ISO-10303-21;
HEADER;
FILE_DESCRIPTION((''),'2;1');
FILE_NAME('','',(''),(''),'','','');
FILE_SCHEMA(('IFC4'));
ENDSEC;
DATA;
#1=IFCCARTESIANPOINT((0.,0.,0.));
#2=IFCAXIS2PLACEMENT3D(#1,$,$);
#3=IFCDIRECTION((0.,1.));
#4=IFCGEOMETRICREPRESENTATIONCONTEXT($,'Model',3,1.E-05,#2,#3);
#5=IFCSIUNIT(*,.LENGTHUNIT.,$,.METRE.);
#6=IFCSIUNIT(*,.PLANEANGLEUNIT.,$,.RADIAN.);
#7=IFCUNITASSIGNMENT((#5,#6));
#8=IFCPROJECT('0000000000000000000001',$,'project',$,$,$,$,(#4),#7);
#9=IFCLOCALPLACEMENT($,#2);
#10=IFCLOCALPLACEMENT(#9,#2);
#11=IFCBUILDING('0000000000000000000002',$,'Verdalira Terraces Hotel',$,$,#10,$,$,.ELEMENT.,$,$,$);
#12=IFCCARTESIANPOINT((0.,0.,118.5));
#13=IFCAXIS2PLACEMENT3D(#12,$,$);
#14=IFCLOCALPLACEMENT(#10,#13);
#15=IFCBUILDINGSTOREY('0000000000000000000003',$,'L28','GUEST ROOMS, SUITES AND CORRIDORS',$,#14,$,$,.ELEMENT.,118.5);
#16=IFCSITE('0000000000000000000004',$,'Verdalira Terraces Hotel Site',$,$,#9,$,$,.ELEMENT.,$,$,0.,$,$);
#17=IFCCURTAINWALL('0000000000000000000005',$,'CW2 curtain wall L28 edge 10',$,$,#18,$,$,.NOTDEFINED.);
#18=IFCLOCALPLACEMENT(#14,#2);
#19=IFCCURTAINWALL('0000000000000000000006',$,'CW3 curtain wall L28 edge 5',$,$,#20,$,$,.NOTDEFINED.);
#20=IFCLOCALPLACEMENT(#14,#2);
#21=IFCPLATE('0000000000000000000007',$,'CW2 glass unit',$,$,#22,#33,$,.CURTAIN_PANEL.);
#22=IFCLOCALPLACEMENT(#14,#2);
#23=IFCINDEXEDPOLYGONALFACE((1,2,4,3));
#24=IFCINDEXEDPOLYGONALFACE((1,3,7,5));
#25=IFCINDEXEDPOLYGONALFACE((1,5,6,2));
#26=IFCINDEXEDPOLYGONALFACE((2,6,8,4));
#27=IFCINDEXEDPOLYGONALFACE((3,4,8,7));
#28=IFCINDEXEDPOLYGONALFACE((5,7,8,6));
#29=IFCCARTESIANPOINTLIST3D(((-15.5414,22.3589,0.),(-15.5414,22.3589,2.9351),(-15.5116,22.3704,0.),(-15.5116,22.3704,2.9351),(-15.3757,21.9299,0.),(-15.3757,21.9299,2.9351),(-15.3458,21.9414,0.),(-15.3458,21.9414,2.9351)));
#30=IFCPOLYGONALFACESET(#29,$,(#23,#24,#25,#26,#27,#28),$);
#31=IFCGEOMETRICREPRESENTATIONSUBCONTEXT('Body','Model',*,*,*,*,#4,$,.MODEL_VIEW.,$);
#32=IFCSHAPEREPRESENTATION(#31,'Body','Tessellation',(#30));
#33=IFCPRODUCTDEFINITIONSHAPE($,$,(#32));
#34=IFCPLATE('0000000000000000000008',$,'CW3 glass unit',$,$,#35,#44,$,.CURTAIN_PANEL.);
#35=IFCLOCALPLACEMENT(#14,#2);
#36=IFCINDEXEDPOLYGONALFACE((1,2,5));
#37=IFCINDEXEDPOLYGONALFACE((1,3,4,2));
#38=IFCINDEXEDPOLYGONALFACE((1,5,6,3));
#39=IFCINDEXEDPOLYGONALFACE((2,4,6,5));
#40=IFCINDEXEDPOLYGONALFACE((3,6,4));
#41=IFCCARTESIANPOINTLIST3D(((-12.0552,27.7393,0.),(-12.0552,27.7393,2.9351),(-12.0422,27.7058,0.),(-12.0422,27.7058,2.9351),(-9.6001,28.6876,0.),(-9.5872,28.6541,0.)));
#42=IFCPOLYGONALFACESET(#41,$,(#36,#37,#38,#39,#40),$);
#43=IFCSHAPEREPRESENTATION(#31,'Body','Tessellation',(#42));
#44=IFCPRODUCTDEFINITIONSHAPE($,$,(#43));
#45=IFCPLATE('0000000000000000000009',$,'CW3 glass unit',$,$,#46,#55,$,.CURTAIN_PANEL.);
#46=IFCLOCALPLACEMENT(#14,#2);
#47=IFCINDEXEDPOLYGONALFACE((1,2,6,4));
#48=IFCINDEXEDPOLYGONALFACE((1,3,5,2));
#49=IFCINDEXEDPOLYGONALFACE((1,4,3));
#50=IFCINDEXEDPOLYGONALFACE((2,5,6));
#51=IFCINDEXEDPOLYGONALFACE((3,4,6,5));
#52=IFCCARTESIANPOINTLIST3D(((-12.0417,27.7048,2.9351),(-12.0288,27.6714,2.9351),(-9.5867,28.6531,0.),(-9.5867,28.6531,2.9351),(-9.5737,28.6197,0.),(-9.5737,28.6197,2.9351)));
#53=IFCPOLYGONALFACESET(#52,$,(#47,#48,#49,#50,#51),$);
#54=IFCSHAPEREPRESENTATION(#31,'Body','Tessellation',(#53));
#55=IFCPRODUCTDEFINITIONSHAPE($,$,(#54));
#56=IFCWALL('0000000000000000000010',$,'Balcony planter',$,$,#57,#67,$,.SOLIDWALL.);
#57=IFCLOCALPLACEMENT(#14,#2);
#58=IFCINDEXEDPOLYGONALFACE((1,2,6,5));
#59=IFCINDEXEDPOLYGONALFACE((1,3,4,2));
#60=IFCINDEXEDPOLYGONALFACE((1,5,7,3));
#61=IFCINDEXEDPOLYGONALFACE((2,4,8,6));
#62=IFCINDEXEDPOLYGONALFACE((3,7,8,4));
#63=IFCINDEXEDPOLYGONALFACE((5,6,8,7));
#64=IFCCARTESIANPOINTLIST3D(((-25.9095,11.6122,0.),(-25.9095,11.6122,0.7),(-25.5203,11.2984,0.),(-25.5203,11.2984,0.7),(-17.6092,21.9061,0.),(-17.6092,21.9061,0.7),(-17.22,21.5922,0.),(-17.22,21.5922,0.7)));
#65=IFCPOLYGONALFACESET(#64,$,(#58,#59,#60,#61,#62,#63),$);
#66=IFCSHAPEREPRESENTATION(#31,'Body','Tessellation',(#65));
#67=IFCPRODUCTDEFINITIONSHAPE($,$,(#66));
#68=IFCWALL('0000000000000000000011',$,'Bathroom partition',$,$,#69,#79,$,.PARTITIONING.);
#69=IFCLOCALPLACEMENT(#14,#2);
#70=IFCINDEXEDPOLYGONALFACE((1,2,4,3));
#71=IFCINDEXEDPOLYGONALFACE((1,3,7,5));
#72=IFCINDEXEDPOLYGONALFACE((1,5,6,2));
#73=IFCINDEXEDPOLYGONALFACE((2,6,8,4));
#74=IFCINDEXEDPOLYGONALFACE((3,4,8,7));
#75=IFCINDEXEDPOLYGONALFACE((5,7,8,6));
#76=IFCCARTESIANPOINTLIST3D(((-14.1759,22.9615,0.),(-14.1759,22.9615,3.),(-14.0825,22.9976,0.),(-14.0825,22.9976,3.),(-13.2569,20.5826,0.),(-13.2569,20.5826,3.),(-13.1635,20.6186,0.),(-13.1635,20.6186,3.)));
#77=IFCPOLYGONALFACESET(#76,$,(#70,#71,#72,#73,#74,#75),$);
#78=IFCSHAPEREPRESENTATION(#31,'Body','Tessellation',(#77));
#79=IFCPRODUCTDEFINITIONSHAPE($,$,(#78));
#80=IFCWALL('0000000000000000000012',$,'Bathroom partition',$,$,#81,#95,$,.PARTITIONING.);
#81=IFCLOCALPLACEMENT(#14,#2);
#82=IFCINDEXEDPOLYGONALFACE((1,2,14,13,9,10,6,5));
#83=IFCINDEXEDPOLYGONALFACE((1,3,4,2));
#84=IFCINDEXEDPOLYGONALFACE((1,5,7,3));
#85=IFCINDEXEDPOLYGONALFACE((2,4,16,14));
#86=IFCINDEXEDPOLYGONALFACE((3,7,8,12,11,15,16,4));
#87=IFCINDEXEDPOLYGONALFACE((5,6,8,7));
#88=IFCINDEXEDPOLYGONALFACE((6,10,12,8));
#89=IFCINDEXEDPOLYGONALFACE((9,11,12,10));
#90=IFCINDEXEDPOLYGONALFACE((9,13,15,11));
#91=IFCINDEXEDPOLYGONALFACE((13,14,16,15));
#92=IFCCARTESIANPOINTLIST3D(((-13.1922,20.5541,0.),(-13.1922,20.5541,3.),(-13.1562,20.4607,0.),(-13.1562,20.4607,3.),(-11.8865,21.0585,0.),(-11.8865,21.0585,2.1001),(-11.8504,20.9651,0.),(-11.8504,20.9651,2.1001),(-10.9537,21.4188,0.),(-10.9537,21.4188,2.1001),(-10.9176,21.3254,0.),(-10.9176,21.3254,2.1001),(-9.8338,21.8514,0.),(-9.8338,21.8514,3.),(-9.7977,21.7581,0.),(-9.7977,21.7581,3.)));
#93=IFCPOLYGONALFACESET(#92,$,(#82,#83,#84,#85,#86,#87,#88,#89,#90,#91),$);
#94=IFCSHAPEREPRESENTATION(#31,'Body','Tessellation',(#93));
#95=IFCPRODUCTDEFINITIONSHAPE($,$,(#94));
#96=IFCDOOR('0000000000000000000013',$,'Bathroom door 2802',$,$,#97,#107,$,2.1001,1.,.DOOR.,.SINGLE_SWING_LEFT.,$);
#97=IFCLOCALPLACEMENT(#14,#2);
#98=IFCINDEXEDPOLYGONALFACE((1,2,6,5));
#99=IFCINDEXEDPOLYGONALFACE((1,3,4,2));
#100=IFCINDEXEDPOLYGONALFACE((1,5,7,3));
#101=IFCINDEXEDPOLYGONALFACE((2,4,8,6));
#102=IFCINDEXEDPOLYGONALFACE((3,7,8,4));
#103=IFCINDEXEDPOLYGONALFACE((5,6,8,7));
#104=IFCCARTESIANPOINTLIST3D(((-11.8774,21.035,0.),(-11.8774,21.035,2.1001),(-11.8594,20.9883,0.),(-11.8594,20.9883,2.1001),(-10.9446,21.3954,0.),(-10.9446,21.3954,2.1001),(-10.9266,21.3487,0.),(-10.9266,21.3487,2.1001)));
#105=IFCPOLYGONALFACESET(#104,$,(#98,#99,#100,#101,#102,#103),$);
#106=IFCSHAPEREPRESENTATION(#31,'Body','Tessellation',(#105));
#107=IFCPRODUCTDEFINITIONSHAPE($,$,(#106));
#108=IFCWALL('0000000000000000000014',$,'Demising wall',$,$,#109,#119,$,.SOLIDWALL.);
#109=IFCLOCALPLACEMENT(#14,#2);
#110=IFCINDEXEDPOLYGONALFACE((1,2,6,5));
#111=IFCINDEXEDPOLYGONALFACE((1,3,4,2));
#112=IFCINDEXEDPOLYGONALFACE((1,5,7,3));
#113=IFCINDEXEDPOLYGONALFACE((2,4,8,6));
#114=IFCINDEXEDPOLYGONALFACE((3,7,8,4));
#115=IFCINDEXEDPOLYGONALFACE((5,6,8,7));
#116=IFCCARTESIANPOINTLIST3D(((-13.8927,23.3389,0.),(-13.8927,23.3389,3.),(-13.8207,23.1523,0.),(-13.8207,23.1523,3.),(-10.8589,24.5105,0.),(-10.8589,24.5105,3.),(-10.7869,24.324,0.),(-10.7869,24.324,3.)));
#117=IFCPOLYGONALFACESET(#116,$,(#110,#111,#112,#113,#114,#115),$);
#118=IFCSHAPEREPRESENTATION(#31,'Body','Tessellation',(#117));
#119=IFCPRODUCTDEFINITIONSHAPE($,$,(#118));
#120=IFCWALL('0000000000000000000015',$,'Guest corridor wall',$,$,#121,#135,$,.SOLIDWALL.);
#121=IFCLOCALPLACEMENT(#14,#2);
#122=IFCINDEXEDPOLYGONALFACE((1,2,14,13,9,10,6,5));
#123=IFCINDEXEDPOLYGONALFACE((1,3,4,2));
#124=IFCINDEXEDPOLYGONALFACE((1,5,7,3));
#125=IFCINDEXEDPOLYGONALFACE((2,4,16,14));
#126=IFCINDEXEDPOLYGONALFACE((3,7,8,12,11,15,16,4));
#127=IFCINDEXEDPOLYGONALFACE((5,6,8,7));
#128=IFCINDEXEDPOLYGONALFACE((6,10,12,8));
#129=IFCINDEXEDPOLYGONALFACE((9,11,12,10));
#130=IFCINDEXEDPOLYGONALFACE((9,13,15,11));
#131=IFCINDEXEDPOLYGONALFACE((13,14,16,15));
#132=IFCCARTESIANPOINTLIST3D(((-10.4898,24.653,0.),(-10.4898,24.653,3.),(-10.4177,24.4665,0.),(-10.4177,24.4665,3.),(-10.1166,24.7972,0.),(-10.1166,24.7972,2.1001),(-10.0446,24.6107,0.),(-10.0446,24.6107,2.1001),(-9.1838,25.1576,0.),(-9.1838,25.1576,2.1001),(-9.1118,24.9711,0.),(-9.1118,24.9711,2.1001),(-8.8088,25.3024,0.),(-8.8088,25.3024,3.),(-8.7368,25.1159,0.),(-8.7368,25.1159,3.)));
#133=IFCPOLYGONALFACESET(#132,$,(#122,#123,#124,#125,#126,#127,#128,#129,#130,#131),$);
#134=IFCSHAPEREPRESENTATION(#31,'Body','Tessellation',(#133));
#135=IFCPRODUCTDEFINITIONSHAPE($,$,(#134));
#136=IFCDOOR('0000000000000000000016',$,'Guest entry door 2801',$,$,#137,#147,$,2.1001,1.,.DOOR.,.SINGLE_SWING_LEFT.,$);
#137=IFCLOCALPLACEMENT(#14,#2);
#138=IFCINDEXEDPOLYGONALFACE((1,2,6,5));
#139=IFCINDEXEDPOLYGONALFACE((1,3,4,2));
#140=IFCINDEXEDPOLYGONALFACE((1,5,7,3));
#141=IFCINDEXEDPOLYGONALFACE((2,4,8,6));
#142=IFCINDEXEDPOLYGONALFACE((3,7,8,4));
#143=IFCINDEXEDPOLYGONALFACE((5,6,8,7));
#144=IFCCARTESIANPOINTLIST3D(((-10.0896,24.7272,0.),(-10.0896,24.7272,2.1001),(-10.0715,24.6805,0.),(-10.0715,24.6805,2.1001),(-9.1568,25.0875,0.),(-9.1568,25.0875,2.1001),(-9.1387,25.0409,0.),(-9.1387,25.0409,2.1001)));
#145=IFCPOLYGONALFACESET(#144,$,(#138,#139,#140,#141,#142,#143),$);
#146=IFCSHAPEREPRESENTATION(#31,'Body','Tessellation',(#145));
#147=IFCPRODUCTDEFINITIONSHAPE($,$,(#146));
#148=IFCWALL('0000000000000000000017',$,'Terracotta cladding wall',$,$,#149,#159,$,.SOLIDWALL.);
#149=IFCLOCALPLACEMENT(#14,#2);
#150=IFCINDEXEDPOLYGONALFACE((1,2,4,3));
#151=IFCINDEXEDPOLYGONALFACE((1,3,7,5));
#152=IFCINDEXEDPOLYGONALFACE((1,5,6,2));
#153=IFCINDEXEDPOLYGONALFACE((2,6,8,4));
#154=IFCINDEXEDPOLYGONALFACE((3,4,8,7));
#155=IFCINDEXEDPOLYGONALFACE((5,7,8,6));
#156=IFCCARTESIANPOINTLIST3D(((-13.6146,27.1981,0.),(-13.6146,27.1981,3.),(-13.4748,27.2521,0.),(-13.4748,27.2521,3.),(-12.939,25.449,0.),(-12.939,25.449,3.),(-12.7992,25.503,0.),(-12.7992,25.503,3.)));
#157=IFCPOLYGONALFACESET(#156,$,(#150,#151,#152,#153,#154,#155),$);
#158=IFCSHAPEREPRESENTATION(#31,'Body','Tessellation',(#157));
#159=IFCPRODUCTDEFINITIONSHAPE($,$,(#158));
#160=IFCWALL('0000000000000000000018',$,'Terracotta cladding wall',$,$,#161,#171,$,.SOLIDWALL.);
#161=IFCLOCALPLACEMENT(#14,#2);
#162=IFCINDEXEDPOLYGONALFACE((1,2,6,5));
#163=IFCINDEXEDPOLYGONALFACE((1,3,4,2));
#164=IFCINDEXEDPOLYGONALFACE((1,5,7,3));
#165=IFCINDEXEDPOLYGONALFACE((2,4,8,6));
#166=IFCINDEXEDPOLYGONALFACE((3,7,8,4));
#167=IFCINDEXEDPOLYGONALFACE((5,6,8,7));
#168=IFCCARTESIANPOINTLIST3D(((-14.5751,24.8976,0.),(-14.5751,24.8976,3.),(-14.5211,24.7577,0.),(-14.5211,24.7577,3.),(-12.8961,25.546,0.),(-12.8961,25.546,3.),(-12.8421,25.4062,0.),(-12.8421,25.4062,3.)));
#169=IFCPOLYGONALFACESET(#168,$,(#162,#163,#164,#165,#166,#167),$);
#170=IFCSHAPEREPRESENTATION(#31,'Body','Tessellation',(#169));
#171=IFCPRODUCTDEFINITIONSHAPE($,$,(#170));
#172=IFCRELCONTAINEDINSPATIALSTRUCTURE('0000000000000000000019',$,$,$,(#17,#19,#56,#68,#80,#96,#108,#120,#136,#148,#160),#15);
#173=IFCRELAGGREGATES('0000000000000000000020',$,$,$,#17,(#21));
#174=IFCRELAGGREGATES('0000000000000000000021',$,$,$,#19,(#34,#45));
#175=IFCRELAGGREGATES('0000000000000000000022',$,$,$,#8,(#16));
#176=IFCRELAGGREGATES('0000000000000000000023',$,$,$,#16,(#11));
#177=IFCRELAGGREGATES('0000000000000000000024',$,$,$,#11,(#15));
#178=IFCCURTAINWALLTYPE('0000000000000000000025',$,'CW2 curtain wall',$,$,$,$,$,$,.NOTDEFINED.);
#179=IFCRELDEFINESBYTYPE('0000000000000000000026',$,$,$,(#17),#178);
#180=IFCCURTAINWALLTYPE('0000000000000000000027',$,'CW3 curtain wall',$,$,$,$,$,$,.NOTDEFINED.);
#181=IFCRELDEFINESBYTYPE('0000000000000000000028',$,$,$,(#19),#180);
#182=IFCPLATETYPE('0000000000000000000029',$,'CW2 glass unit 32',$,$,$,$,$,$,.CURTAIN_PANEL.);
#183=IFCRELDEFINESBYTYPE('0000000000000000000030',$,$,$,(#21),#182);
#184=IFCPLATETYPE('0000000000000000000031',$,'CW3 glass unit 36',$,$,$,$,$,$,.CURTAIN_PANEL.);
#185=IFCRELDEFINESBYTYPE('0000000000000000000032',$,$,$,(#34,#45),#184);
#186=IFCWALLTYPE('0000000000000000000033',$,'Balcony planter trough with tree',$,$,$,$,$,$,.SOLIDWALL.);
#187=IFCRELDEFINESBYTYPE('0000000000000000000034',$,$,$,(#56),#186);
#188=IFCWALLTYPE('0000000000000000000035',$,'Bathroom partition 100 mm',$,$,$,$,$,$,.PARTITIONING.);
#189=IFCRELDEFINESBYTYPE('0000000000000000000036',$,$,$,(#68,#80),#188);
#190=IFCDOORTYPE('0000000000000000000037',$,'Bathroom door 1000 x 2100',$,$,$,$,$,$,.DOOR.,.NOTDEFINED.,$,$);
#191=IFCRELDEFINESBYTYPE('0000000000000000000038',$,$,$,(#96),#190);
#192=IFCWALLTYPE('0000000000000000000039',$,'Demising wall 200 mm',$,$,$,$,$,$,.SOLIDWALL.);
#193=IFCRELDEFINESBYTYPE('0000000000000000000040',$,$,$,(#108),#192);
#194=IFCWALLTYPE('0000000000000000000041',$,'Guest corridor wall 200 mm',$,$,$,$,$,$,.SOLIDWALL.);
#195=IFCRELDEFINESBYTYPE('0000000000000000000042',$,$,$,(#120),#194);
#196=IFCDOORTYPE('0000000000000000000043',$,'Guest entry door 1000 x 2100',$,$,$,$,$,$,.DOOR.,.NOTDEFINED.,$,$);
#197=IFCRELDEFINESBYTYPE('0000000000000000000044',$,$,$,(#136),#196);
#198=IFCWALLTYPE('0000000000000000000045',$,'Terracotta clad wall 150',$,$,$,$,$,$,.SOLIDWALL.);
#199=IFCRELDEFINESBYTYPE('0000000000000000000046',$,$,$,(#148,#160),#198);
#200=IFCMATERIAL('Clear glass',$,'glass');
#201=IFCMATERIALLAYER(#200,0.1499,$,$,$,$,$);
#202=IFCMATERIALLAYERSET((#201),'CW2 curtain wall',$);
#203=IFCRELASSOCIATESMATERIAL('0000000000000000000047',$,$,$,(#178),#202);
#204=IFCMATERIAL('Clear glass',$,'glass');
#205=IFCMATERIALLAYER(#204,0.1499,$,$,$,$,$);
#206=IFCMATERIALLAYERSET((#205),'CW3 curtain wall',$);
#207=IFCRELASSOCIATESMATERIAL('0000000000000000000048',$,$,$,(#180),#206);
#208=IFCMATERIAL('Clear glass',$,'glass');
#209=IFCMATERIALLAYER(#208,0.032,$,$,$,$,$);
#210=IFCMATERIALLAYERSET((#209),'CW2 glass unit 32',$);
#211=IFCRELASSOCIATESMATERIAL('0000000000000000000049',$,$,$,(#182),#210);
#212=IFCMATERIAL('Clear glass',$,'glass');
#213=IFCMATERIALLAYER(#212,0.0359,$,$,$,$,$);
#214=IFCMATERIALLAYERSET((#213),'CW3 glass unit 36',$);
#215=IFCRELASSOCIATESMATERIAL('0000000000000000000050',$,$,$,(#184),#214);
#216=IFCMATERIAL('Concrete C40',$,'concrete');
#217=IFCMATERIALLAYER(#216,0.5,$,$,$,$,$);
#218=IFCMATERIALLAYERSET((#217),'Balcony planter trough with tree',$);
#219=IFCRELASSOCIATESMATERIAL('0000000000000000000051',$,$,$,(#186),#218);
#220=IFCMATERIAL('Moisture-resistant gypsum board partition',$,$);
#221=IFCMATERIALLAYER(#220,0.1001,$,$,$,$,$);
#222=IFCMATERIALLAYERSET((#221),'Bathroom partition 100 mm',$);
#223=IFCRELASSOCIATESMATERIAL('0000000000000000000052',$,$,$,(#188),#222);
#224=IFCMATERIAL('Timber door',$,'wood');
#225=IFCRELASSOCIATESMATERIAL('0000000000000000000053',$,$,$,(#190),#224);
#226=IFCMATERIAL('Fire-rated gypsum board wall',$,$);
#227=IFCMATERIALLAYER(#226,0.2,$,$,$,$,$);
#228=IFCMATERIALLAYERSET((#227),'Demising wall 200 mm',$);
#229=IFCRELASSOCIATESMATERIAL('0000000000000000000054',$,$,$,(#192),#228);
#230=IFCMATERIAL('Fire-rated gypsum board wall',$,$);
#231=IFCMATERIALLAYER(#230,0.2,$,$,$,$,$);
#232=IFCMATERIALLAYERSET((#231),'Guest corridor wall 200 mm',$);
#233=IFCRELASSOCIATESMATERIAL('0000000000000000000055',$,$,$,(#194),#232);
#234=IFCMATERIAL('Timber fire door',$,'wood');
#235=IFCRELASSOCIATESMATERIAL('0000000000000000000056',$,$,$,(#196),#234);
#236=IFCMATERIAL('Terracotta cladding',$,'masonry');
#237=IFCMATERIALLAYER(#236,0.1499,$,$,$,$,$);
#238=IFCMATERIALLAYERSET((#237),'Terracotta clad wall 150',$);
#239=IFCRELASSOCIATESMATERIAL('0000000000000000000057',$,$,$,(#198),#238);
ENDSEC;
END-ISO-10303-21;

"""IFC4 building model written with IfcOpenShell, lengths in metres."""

from ifc_helpers import new_model, si_unit, direction, frame, frame_2d, origin, origin_2d, place, context, subcontext, project, spatial, polyline, rectangle, outline, extrude, material, layer, layer_set, type_object, element, fill, aggregate, save


model = new_model("IFC4")

# Units and contexts
model_context = context("Model", 3, precision=1e-05, world=origin(), true_north=direction((0.0, 1.0)))
body_context = subcontext(model_context, "Body", "Model", "MODEL_VIEW")
ifc_project = project(units=[si_unit("LENGTHUNIT", "METRE"), si_unit("PLANEANGLEUNIT", "RADIAN")], contexts=[model_context])

# Site, building, storey
site_placement = place(None, origin())
site = spatial("IfcSite", under=ifc_project, at=site_placement, Name="Verdalira Terraces Hotel Site", CompositionType="ELEMENT", RefElevation=0.0)
building_placement = place(site_placement, origin())
building = spatial("IfcBuilding", under=site, at=building_placement, Name="Verdalira Terraces Hotel", CompositionType="ELEMENT")
storey_placement = place(building_placement, frame((0.0, 0.0, 118.5)))
storey = spatial("IfcBuildingStorey", under=building, at=storey_placement, Name="L28", Description="GUEST ROOMS, SUITES AND CORRIDORS", CompositionType="ELEMENT", Elevation=118.5)

# Curtain wall
ifc_material_1 = material(Name="Clear glass", Category="glass")
ifc_layer_1 = layer(ifc_material_1, 0.1499)
ifc_layer_set_1 = layer_set([ifc_layer_1], Name="CW2 curtain wall")
curtain_wall_type_1 = type_object("IfcCurtainWallType", Name="CW2 curtain wall", PredefinedType="NOTDEFINED", material=ifc_layer_set_1)
curtain_wall_1_placement = place(storey_placement, origin())
curtain_wall_1 = element("IfcCurtainWall", 1, at=curtain_wall_1_placement, inside=storey, type_object=curtain_wall_type_1, Name="CW2 curtain wall L28 edge 10", PredefinedType="NOTDEFINED")

# Curtain wall
ifc_material_2 = material(Name="Clear glass", Category="glass")
ifc_layer_2 = layer(ifc_material_2, 0.1499)
ifc_layer_set_2 = layer_set([ifc_layer_2], Name="CW3 curtain wall")
curtain_wall_type_2 = type_object("IfcCurtainWallType", Name="CW3 curtain wall", PredefinedType="NOTDEFINED", material=ifc_layer_set_2)
curtain_wall_2_placement = place(storey_placement, origin())
curtain_wall_2 = element("IfcCurtainWall", 2, at=curtain_wall_2_placement, inside=storey, type_object=curtain_wall_type_2, Name="CW3 curtain wall L28 edge 5", PredefinedType="NOTDEFINED")

# Plates
ifc_material_3 = material(Name="Clear glass", Category="glass")
ifc_layer_3 = layer(ifc_material_3, 0.032)
ifc_layer_set_3 = layer_set([ifc_layer_3], Name="CW2 glass unit 32")
plate_type_1 = type_object("IfcPlateType", Name="CW2 glass unit 32", PredefinedType="CURTAIN_PANEL", material=ifc_layer_set_3)
plate_1_placement = place(storey_placement, frame((-15.4436, 22.1501, 0.0), z_axis=(0.0, 0.0, 1.0), x_axis=(0.360322, -0.932828, 0.0)))
plate_1 = element("IfcPlate", 3, at=plate_1_placement, type_object=plate_type_1, Name="CW2 glass unit", PredefinedType="CURTAIN_PANEL", context=body_context, shape_type="SweptSolid", body=[
    extrude(rectangle(XDim=0.46, YDim=0.032, at=origin_2d()), origin(), (0.0, 0.0, 1.0), 2.9351),
])
aggregate(curtain_wall_1, [plate_1])
ifc_material_4 = material(Name="Clear glass", Category="glass")
ifc_layer_4 = layer(ifc_material_4, 0.0359)
ifc_layer_set_4 = layer_set([ifc_layer_4], Name="CW3 glass unit 36")
plate_type_2 = type_object("IfcPlateType", Name="CW3 glass unit 36", PredefinedType="CURTAIN_PANEL", material=ifc_layer_set_4)
plate_2_placement = place(storey_placement, frame((-10.8147, 28.1799, 1.4675), z_axis=(-0.360322, 0.932828, 0.0), x_axis=(-0.932828, -0.360322, 0.0)))
plate_2 = element("IfcPlate", 4, at=plate_2_placement, type_object=plate_type_2, Name="CW3 glass unit", PredefinedType="CURTAIN_PANEL", context=body_context, shape_type="SweptSolid", body=[
    extrude(outline(polyline([(-1.3159, -1.4675), (1.3159, -1.4675), (1.3159, 1.4675), (-1.3159, -1.4675)])), origin(), (0.0, 0.0, 1.0), 0.0359),
])
plate_3_placement = place(storey_placement, frame((-10.8013, 28.1455, 1.4675), z_axis=(-0.360322, 0.932828, 0.0), x_axis=(-0.932828, -0.360322, 0.0)))
plate_3 = element("IfcPlate", 5, at=plate_3_placement, type_object=plate_type_2, Name="CW3 glass unit", PredefinedType="CURTAIN_PANEL", context=body_context, shape_type="SweptSolid", body=[
    extrude(outline(polyline([(-1.3159, -1.4675), (1.3159, 1.4675), (-1.3159, 1.4675), (-1.3159, -1.4675)])), origin(), (0.0, 0.0, 1.0), 0.0359),
])
aggregate(curtain_wall_2, [plate_2, plate_3])

# Walls
ifc_material_5 = material(Name="Concrete C40", Category="concrete")
ifc_layer_5 = layer(ifc_material_5, 0.5)
ifc_layer_set_5 = layer_set([ifc_layer_5], Name="Balcony planter trough with tree")
wall_type_1 = type_object("IfcWallType", Name="Balcony planter trough with tree", PredefinedType="SOLIDWALL", material=ifc_layer_set_5)
wall_1_placement = place(storey_placement, frame((-17.4146, 21.7493, 0.0), z_axis=(0.0, 0.0, 1.0), x_axis=(-0.627694, -0.77846, 0.0)))
element("IfcWall", 6, at=wall_1_placement, inside=storey, type_object=wall_type_1, Name="Balcony planter", PredefinedType="SOLIDWALL", context=body_context, shape_type="SweptSolid", body=[
    extrude(rectangle(XDim=13.2234, YDim=0.5, at=frame_2d((6.6118, 0.0))), origin(), (0.0, 0.0, 1.0), 0.7),
])
ifc_material_6 = material(Name="Moisture-resistant gypsum board partition")
ifc_layer_6 = layer(ifc_material_6, 0.1001)
ifc_layer_set_6 = layer_set([ifc_layer_6], Name="Bathroom partition 100 mm")
wall_type_2 = type_object("IfcWallType", Name="Bathroom partition 100 mm", PredefinedType="PARTITIONING", material=ifc_layer_set_6)
wall_2_placement = place(storey_placement, frame((-13.2102, 20.6006, 0.0), z_axis=(0.0, 0.0, 1.0), x_axis=(-0.360339, 0.932822, 0.0)))
element("IfcWall", 7, at=wall_2_placement, inside=storey, type_object=wall_type_2, Name="Bathroom partition", PredefinedType="PARTITIONING", context=body_context, shape_type="SweptSolid", body=[
    extrude(rectangle(XDim=2.5503, YDim=0.1001, at=frame_2d((1.2751, 0.0))), origin(), (0.0, 0.0, 1.0), 3.0),
])

# Wall, opening, door
wall_3_placement = place(storey_placement, frame((-13.1743, 20.5073, 0.0), z_axis=(0.0, 0.0, 1.0), x_axis=(0.932817, 0.360351, 0.0)))
wall_3 = element("IfcWall", 8, at=wall_3_placement, inside=storey, type_object=wall_type_2, Name="Bathroom partition", PredefinedType="PARTITIONING", context=body_context, shape_type="SweptSolid", body=[
    extrude(rectangle(XDim=3.6003, YDim=0.1001, at=frame_2d((1.8003, 0.0))), origin(), (0.0, 0.0, 1.0), 3.0),
])
opening_1_placement = place(wall_3_placement, frame((1.3999, 0.0, 0.0)))
opening_1 = element("IfcOpeningElement", 9, at=opening_1_placement, cuts=wall_3, PredefinedType="OPENING", context=body_context, shape_type="SweptSolid", body=[
    extrude(rectangle(XDim=1.0, YDim=2.1001, at=frame_2d((0.5, 1.05))), frame((0.0, 0.0601, 0.0), z_axis=(0.0, -1.0, 0.0), x_axis=(1.0, 0.0, 0.0)), (0.0, 0.0, 1.0), 0.1201),
])
ifc_material_7 = material(Name="Timber door", Category="wood")
door_type_1 = type_object("IfcDoorType", Name="Bathroom door 1000 x 2100", OperationType="NOTDEFINED", PredefinedType="DOOR", material=ifc_material_7)
door_1_placement = place(opening_1_placement, origin())
door_1 = element("IfcDoor", 10, at=door_1_placement, inside=storey, type_object=door_type_1, Name="Bathroom door 2802", OperationType="SINGLE_SWING_LEFT", OverallHeight=2.1001, OverallWidth=1.0, PredefinedType="DOOR", context=body_context, shape_type="SweptSolid", body=[
    extrude(rectangle(XDim=1.0, YDim=2.1001, at=frame_2d((0.5, 1.05))), frame((0.0, 0.0249, 0.0), z_axis=(0.0, -1.0, 0.0), x_axis=(1.0, 0.0, 0.0)), (0.0, 0.0, 1.0), 0.05),
])
fill(opening_1, door_1)

# Wall
ifc_material_8 = material(Name="Fire-rated gypsum board wall")
ifc_layer_7 = layer(ifc_material_8, 0.2)
ifc_layer_set_7 = layer_set([ifc_layer_7], Name="Demising wall 200 mm")
wall_type_3 = type_object("IfcWallType", Name="Demising wall 200 mm", PredefinedType="SOLIDWALL", material=ifc_layer_set_7)
wall_4_placement = place(storey_placement, frame((-10.823, 24.4172, 0.0), z_axis=(0.0, 0.0, 1.0), x_axis=(-0.932847, -0.360272, 0.0)))
element("IfcWall", 11, at=wall_4_placement, inside=storey, type_object=wall_type_3, Name="Demising wall", PredefinedType="SOLIDWALL", context=body_context, shape_type="SweptSolid", body=[
    extrude(rectangle(XDim=3.2522, YDim=0.2, at=frame_2d((1.626, 0.0))), origin(), (0.0, 0.0, 1.0), 3.0),
])

# Wall, opening, door
ifc_material_9 = material(Name="Fire-rated gypsum board wall")
ifc_layer_8 = layer(ifc_material_9, 0.2)
ifc_layer_set_8 = layer_set([ifc_layer_8], Name="Guest corridor wall 200 mm")
wall_type_4 = type_object("IfcWallType", Name="Guest corridor wall 200 mm", PredefinedType="SOLIDWALL", material=ifc_layer_set_8)
wall_5_placement = place(storey_placement, frame((-10.4536, 24.5598, 0.0), z_axis=(0.0, 0.0, 1.0), x_axis=(0.932803, 0.360386, 0.0)))
wall_5 = element("IfcWall", 12, at=wall_5_placement, inside=storey, type_object=wall_type_4, Name="Guest corridor wall", PredefinedType="SOLIDWALL", context=body_context, shape_type="SweptSolid", body=[
    extrude(rectangle(XDim=1.802, YDim=0.2, at=frame_2d((0.9009, 0.0))), origin(), (0.0, 0.0, 1.0), 3.0),
])
opening_2_placement = place(wall_5_placement, frame((0.3999, 0.0, 0.0)))
opening_2 = element("IfcOpeningElement", 13, at=opening_2_placement, cuts=wall_5, PredefinedType="OPENING", context=body_context, shape_type="SweptSolid", body=[
    extrude(rectangle(XDim=1.0, YDim=2.1001, at=frame_2d((0.5, 1.05))), frame((0.0, 0.1099, 0.0), z_axis=(0.0, -1.0, 0.0), x_axis=(1.0, 0.0, 0.0)), (0.0, 0.0, 1.0), 0.22),
])
ifc_material_10 = material(Name="Timber fire door", Category="wood")
door_type_2 = type_object("IfcDoorType", Name="Guest entry door 1000 x 2100", OperationType="NOTDEFINED", PredefinedType="DOOR", material=ifc_material_10)
door_2_placement = place(opening_2_placement, origin())
door_2 = element("IfcDoor", 14, at=door_2_placement, inside=storey, type_object=door_type_2, Name="Guest entry door 2801", OperationType="SINGLE_SWING_LEFT", OverallHeight=2.1001, OverallWidth=1.0, PredefinedType="DOOR", context=body_context, shape_type="SweptSolid", body=[
    extrude(rectangle(XDim=1.0, YDim=2.1001, at=frame_2d((0.5, 1.05))), frame((0.0, 0.0249, 0.0), z_axis=(0.0, -1.0, 0.0), x_axis=(1.0, 0.0, 0.0)), (0.0, 0.0, 1.0), 0.05),
])
fill(opening_2, door_2)

# Walls
ifc_material_11 = material(Name="Terracotta cladding", Category="masonry")
ifc_layer_9 = layer(ifc_material_11, 0.1499)
ifc_layer_set_9 = layer_set([ifc_layer_9], Name="Terracotta clad wall 150")
wall_type_5 = type_object("IfcWallType", Name="Terracotta clad wall 150", PredefinedType="SOLIDWALL", material=ifc_layer_set_9)
wall_6_placement = place(storey_placement, frame((-13.5447, 27.2251, 0.0), z_axis=(0.0, 0.0, 1.0), x_axis=(0.360296, -0.932838, 0.0)))
element("IfcWall", 15, at=wall_6_placement, inside=storey, type_object=wall_type_5, Name="Terracotta cladding wall", PredefinedType="SOLIDWALL", context=body_context, shape_type="SweptSolid", body=[
    extrude(rectangle(XDim=1.875, YDim=0.1499, at=frame_2d((0.9375, 0.0))), origin(), (0.0, 0.0, 1.0), 3.0),
])
wall_7_placement = place(storey_placement, frame((-12.8691, 25.4761, 0.0), z_axis=(0.0, 0.0, 1.0), x_axis=(-0.932845, -0.360279, 0.0)))
element("IfcWall", 16, at=wall_7_placement, inside=storey, type_object=wall_type_5, Name="Terracotta cladding wall", PredefinedType="SOLIDWALL", context=body_context, shape_type="SweptSolid", body=[
    extrude(rectangle(XDim=1.7998, YDim=0.1499, at=frame_2d((0.8999, 0.0))), origin(), (0.0, 0.0, 1.0), 3.0),
])

save(model, "model.ifc")
